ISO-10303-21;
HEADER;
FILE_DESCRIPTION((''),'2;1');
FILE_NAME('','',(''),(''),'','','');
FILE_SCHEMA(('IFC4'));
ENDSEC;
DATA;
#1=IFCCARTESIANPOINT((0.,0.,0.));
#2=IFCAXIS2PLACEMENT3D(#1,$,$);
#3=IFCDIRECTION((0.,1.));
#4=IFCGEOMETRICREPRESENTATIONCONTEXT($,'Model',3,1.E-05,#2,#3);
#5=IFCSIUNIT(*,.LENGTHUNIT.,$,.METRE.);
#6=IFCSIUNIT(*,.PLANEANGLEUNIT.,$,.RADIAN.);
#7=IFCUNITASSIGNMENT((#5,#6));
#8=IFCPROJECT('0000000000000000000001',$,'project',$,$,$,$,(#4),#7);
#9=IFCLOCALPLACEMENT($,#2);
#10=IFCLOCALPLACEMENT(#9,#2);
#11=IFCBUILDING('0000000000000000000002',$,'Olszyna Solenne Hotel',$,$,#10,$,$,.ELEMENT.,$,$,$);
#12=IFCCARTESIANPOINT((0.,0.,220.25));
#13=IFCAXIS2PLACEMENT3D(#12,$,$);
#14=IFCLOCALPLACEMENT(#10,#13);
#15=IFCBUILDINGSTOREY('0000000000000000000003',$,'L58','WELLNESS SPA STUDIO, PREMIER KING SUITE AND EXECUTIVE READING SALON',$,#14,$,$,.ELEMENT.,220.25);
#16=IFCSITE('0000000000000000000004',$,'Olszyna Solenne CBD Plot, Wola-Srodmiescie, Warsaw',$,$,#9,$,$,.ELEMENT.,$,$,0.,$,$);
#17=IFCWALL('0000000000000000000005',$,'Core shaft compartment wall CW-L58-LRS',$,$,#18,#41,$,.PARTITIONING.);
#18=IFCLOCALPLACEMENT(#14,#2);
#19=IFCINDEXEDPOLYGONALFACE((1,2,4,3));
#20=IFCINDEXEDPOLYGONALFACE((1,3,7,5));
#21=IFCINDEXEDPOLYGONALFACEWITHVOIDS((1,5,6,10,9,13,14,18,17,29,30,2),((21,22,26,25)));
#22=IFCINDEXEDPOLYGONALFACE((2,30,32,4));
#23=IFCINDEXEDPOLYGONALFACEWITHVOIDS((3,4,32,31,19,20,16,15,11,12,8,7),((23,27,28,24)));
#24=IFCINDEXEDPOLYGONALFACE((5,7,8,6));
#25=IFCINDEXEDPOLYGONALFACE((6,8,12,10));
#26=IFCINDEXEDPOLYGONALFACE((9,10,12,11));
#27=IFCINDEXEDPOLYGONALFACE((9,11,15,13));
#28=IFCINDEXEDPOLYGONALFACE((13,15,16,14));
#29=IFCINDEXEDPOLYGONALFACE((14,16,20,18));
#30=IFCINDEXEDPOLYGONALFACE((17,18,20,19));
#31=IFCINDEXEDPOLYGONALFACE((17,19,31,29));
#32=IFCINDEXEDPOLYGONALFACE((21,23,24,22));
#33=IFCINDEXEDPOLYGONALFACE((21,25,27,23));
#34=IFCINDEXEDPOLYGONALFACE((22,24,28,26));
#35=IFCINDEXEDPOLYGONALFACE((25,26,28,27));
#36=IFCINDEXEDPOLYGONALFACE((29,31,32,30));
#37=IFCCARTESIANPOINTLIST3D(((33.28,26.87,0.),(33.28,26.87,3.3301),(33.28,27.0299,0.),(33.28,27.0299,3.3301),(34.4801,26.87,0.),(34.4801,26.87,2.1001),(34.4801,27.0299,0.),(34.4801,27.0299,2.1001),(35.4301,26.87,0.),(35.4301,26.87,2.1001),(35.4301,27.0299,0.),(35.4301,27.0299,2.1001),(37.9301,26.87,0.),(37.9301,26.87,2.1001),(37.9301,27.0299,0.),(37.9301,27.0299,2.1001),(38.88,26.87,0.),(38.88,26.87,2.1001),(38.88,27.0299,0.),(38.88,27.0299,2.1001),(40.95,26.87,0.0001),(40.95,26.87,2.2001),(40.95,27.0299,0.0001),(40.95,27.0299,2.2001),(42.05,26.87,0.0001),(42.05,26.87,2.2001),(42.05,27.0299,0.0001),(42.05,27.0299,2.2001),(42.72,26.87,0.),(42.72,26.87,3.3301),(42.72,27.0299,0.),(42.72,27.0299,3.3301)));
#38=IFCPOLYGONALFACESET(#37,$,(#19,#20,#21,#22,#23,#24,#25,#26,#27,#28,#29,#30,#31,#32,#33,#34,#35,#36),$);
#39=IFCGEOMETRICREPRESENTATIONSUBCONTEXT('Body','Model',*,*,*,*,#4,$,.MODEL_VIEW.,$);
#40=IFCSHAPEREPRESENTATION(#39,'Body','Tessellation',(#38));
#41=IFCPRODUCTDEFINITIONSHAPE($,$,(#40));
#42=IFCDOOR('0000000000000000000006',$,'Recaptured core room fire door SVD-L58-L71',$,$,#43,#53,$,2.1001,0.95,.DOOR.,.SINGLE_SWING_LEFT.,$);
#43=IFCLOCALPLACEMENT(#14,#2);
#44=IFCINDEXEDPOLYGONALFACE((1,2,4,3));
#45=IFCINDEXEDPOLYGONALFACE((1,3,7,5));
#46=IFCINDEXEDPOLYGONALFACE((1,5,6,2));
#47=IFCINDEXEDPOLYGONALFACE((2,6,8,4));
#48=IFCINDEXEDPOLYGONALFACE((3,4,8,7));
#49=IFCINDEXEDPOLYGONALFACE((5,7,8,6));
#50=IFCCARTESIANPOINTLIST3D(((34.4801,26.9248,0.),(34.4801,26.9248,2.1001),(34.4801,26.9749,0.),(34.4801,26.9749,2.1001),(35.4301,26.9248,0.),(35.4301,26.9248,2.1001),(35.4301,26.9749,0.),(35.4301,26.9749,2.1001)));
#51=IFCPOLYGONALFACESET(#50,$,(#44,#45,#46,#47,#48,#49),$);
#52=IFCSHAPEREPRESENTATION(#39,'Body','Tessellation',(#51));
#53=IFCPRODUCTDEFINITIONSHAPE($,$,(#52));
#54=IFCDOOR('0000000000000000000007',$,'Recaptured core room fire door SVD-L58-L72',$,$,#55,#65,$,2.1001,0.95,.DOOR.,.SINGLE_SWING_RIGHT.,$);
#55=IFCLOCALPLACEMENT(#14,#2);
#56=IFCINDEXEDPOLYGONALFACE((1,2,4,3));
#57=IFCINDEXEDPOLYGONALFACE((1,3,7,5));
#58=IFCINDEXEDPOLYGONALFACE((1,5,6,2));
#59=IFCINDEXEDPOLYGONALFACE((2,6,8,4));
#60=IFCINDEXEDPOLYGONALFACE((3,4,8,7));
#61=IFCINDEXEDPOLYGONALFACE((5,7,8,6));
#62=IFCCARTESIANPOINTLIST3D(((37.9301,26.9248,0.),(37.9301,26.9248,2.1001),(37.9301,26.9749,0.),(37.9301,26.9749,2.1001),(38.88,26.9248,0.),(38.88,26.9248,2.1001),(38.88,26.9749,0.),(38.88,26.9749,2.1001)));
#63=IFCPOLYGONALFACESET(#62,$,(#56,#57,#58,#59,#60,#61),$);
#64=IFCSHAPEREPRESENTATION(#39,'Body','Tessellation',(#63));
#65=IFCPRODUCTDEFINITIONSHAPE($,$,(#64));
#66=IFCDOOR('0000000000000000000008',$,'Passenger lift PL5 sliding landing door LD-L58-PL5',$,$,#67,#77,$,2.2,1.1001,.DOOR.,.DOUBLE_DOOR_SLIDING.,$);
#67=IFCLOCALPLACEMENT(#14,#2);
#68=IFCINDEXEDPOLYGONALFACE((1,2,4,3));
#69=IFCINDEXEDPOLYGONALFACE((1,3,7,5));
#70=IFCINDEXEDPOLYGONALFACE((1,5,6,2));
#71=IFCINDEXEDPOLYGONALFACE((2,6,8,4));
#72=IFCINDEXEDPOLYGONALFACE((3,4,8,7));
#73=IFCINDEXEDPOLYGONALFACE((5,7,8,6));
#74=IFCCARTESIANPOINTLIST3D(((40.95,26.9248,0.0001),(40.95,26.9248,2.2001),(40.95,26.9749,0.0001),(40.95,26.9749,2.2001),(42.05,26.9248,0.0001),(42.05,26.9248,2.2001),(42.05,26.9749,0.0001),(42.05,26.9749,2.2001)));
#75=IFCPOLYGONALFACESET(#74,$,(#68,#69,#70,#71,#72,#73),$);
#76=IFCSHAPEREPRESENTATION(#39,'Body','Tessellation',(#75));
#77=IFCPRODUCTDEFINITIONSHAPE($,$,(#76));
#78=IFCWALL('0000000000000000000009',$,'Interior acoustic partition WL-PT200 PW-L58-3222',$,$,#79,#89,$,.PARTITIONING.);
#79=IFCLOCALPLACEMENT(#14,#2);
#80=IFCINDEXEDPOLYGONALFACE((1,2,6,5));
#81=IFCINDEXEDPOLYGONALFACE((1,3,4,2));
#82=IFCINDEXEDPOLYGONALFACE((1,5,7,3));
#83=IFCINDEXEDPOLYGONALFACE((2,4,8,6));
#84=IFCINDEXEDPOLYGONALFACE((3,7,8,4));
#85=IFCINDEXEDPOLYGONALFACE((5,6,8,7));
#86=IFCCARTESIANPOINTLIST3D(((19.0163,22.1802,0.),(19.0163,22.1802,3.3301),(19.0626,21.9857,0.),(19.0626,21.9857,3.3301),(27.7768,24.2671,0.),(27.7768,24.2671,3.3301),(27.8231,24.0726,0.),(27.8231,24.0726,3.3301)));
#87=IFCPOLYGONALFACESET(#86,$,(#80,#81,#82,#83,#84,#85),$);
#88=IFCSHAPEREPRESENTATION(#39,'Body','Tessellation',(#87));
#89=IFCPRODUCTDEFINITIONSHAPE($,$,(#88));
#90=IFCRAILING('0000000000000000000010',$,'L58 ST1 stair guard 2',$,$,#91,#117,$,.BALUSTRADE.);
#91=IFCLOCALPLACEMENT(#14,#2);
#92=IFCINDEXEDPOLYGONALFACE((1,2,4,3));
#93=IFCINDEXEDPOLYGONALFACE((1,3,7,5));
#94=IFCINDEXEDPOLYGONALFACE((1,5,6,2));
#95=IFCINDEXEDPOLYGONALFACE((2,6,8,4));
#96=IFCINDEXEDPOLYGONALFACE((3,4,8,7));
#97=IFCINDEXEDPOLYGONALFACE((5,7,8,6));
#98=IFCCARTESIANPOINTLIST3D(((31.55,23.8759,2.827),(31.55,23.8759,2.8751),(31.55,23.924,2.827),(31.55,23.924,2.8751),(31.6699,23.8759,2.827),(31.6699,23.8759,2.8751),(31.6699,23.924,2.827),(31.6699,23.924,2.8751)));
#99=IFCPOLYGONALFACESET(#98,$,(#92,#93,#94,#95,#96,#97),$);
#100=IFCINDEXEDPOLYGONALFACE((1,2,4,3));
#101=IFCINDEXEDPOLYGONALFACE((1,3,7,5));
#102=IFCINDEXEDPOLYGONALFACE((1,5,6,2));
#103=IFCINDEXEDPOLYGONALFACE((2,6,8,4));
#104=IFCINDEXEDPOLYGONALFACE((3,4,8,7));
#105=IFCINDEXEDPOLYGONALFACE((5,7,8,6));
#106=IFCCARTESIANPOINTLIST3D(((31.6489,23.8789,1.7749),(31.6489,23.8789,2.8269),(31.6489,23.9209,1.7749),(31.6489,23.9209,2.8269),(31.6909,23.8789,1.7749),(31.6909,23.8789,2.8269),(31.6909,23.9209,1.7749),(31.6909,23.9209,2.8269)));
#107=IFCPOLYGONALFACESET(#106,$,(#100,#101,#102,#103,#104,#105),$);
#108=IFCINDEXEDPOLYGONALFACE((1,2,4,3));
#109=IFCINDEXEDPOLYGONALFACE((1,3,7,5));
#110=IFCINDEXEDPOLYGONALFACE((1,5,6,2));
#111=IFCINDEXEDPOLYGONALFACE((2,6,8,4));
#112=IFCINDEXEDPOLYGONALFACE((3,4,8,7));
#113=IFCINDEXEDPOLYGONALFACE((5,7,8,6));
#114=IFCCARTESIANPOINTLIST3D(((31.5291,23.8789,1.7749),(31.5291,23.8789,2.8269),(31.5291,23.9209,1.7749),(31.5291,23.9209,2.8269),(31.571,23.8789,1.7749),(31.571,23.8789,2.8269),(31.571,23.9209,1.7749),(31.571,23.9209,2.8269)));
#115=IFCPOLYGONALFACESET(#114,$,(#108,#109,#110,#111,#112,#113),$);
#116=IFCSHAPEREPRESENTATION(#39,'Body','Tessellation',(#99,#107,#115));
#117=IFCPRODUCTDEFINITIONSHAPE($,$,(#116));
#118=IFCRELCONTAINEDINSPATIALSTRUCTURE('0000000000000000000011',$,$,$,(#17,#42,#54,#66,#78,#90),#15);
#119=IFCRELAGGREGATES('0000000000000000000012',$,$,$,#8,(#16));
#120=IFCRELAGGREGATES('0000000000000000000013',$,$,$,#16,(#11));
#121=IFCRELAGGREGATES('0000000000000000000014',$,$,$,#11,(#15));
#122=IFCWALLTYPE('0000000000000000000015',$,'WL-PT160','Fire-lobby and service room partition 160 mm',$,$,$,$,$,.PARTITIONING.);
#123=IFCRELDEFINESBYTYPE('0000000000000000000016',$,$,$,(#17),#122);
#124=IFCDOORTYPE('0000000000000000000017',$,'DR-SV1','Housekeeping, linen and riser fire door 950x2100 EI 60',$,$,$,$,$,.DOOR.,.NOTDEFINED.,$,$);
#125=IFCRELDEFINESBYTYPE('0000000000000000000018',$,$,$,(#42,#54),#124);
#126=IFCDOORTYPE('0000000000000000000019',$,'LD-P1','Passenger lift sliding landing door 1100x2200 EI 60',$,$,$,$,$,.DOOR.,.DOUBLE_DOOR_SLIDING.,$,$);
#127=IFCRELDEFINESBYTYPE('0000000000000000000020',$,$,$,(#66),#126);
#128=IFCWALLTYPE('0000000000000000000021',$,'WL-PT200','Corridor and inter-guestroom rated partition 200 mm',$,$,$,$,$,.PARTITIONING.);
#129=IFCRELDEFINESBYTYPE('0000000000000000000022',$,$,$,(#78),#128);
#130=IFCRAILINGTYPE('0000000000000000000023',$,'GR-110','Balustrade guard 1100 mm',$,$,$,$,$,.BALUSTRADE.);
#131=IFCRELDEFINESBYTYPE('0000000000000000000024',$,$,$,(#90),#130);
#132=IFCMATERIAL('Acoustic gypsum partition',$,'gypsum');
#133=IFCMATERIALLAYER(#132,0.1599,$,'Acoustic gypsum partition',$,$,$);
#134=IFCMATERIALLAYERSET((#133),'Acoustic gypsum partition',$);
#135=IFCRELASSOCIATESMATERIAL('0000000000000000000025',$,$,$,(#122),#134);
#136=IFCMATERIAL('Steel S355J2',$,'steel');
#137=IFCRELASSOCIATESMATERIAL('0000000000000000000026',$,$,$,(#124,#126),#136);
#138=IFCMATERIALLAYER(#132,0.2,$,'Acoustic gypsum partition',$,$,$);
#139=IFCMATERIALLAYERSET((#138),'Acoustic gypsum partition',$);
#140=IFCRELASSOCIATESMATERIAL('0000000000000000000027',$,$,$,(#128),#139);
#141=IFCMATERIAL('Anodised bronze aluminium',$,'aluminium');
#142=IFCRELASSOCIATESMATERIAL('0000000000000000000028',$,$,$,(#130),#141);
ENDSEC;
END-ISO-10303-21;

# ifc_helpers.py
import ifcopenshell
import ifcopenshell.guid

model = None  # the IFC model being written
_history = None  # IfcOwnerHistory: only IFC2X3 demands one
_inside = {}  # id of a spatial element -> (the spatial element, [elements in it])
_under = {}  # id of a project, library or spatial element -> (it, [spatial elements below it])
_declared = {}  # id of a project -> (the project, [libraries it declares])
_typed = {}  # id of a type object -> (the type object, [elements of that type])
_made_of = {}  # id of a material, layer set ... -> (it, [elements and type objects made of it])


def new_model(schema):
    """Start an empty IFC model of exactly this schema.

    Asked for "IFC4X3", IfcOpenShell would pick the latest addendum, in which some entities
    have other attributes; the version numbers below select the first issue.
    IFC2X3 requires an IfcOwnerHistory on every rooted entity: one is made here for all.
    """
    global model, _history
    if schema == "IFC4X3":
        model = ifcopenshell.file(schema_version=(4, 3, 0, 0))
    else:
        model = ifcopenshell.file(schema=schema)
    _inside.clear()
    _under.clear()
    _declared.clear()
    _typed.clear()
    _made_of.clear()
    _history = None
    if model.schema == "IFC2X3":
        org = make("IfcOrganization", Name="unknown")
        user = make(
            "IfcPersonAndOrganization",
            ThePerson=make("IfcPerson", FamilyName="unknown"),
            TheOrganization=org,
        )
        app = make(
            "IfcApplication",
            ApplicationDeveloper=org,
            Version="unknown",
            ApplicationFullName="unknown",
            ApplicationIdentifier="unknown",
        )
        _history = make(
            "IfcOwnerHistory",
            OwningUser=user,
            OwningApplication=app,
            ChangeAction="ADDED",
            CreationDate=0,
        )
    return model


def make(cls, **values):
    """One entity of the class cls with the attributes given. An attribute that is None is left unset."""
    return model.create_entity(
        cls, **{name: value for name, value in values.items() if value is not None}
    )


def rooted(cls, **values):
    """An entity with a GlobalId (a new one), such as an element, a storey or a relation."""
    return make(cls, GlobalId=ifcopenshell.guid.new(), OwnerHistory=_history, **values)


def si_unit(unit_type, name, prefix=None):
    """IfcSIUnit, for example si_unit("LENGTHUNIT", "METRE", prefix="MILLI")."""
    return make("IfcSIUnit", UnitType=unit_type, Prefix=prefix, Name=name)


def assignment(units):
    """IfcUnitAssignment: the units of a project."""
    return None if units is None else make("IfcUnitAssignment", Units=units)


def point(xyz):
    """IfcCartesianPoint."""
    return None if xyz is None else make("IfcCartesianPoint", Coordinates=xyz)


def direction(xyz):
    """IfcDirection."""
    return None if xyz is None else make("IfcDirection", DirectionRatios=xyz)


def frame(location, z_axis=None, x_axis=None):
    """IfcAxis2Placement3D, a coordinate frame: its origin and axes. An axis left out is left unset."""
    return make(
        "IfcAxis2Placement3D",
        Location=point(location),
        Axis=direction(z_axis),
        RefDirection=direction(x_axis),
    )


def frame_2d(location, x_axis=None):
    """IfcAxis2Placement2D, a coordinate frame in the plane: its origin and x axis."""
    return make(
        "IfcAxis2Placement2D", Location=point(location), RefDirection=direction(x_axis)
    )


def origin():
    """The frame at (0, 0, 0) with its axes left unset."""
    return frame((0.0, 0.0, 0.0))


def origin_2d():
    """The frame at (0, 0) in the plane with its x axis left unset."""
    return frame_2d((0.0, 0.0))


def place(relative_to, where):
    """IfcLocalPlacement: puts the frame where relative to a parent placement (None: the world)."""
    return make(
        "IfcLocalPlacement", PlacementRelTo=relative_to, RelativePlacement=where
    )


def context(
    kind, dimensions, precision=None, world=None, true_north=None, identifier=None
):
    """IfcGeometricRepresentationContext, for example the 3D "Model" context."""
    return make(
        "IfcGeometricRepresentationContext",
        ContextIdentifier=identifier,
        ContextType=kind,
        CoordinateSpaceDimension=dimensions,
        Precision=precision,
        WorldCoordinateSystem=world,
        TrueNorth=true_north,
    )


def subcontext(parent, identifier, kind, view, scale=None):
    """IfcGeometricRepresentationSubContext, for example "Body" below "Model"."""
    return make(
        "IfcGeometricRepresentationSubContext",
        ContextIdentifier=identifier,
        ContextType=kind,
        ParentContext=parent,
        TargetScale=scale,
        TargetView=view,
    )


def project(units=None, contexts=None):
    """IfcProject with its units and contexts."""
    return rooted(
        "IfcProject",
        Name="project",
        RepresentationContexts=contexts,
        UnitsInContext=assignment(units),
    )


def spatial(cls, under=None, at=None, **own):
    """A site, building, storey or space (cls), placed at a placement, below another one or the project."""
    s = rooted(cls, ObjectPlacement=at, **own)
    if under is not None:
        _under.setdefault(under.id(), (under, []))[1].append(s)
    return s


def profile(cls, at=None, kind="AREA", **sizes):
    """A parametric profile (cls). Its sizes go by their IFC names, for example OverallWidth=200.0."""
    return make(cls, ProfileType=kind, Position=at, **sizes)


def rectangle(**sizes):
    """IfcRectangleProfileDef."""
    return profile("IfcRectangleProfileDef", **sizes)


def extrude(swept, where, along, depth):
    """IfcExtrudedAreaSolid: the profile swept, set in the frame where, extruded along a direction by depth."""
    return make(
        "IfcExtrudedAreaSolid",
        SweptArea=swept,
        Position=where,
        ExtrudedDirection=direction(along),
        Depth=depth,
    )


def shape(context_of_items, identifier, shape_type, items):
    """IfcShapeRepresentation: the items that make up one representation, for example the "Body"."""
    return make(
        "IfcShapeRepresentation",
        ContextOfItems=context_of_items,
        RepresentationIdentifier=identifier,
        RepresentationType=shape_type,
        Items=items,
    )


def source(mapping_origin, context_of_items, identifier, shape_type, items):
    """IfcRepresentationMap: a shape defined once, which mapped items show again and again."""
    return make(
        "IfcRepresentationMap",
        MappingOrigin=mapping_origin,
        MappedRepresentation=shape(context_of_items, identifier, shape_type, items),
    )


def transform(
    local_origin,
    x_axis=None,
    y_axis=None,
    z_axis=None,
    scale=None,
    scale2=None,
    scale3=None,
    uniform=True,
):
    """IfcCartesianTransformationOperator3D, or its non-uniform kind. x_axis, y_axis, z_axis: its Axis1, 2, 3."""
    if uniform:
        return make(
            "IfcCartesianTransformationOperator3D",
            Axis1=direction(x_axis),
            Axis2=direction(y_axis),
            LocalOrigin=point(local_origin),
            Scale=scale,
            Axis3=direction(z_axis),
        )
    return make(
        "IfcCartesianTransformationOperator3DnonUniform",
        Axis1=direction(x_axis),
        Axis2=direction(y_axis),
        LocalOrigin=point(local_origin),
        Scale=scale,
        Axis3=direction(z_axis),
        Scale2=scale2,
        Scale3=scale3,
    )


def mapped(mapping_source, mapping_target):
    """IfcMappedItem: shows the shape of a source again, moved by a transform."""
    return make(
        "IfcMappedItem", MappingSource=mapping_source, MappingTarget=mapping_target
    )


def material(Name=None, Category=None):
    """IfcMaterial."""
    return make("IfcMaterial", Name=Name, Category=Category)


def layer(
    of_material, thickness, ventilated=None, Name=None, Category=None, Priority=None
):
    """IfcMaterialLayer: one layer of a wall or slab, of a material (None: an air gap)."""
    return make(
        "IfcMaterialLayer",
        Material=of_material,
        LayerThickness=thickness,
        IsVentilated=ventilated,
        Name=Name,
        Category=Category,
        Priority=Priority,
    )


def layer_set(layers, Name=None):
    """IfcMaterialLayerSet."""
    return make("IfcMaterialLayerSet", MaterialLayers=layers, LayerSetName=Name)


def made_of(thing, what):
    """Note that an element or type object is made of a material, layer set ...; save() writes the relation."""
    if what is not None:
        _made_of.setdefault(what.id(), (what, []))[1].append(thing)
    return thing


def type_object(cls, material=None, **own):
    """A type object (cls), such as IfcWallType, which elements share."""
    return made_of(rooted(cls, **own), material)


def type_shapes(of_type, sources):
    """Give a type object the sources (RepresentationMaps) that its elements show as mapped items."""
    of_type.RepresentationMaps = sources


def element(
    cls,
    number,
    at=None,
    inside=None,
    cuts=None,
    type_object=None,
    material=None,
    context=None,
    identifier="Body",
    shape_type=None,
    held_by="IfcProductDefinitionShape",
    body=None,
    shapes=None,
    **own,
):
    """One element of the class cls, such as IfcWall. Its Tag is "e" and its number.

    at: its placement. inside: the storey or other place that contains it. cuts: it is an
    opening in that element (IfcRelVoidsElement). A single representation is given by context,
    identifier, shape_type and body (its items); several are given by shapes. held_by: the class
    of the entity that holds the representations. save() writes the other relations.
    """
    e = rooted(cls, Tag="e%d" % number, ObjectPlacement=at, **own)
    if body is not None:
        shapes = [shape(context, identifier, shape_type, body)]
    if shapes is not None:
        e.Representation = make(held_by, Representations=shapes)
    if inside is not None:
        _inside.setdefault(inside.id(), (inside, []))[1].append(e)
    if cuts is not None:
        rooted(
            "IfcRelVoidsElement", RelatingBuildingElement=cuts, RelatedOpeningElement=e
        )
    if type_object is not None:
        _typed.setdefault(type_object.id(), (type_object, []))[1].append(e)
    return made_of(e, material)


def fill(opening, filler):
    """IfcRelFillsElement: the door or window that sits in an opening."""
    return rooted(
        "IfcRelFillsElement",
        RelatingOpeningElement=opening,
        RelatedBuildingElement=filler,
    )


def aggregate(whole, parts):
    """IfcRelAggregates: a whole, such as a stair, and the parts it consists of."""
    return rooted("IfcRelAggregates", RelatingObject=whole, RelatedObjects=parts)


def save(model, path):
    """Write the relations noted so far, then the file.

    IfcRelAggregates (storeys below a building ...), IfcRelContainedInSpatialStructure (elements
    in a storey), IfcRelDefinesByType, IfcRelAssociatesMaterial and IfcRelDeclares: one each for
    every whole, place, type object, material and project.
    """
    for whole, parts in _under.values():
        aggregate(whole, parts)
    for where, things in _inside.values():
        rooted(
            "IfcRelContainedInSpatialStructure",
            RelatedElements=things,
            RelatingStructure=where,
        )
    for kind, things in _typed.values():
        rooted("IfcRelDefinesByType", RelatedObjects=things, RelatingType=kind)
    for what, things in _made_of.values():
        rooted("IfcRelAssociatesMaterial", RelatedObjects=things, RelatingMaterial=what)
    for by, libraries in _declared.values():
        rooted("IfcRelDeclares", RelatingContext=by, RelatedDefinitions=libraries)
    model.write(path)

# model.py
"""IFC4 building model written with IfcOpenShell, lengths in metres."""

from ifc_helpers import new_model, si_unit, direction, frame, frame_2d, origin, origin_2d, place, context, subcontext, project, spatial, rectangle, extrude, source, transform, mapped, material, layer, layer_set, type_object, type_shapes, element, fill, save


model = new_model("IFC4")

# Units and contexts
model_context = context("Model", 3, precision=1e-05, world=origin(), true_north=direction((0.0, 1.0)))
body_context = subcontext(model_context, "Body", "Model", "MODEL_VIEW")
ifc_project = project(units=[si_unit("LENGTHUNIT", "METRE"), si_unit("PLANEANGLEUNIT", "RADIAN")], contexts=[model_context])

# Site, building, storey
site_placement = place(None, origin())
site = spatial("IfcSite", under=ifc_project, at=site_placement, Name="Olszyna Solenne CBD Plot, Wola-Srodmiescie, Warsaw", CompositionType="ELEMENT", RefElevation=0.0)
building_placement = place(site_placement, origin())
building = spatial("IfcBuilding", under=site, at=building_placement, Name="Olszyna Solenne Hotel", CompositionType="ELEMENT")
storey_placement = place(building_placement, frame((0.0, 0.0, 220.25)))
storey = spatial("IfcBuildingStorey", under=building, at=storey_placement, Name="L58", Description="WELLNESS SPA STUDIO, PREMIER KING SUITE AND EXECUTIVE READING SALON", CompositionType="ELEMENT", Elevation=220.25)

# Shared definitions
ifc_material_1 = material(Name="Steel S355J2", Category="steel")

# Shared definitions
ifc_material_2 = material(Name="Acoustic gypsum partition", Category="gypsum")
ifc_layer_1 = layer(ifc_material_2, 0.1599, Name="Acoustic gypsum partition")
ifc_layer_set_1 = layer_set([ifc_layer_1], Name="Acoustic gypsum partition")
wall_type_1 = type_object("IfcWallType", Name="WL-PT160", Description="Fire-lobby and service room partition 160 mm", PredefinedType="PARTITIONING", material=ifc_layer_set_1)

# Wall, openings, doors
wall_1_placement = place(storey_placement, frame((33.28, 26.95, 0.0), z_axis=(0.0, 0.0, 1.0), x_axis=(1.0, 0.0, 0.0)))
wall_1 = element("IfcWall", 1, at=wall_1_placement, inside=storey, type_object=wall_type_1, Name="Core shaft compartment wall CW-L58-LRS", PredefinedType="PARTITIONING", context=body_context, shape_type="SweptSolid", body=[
    extrude(rectangle(XDim=9.4399, YDim=0.1599, at=frame_2d((4.72, 0.0))), origin(), (0.0, 0.0, 1.0), 3.3301),
])
opening_1_placement = place(wall_1_placement, frame((1.2, 0.0, 0.0)))
opening_1 = element("IfcOpeningElement", 2, at=opening_1_placement, cuts=wall_1, PredefinedType="OPENING", context=body_context, shape_type="SweptSolid", body=[
    extrude(rectangle(XDim=0.95, YDim=2.1001, at=frame_2d((0.4751, 1.05))), frame((0.0, 0.0898, 0.0), z_axis=(0.0, -1.0, 0.0), x_axis=(1.0, 0.0, 0.0)), (0.0, 0.0, 1.0), 0.1799),
])
opening_2_placement = place(wall_1_placement, frame((4.6499, 0.0, 0.0)))
opening_2 = element("IfcOpeningElement", 3, at=opening_2_placement, cuts=wall_1, PredefinedType="OPENING", context=body_context, shape_type="SweptSolid", body=[
    extrude(rectangle(XDim=0.95, YDim=2.1001, at=frame_2d((0.4751, 1.05))), frame((0.0, 0.0898, 0.0), z_axis=(0.0, -1.0, 0.0), x_axis=(1.0, 0.0, 0.0)), (0.0, 0.0, 1.0), 0.1799),
])
opening_3_placement = place(wall_1_placement, frame((7.6699, 0.0, 0.0)))
opening_3 = element("IfcOpeningElement", 4, at=opening_3_placement, cuts=wall_1, PredefinedType="OPENING", context=body_context, shape_type="SweptSolid", body=[
    extrude(rectangle(XDim=1.1001, YDim=2.2, at=frame_2d((0.55, 1.1001))), frame((0.0, 0.0898, 0.0), z_axis=(0.0, -1.0, 0.0), x_axis=(1.0, 0.0, 0.0)), (0.0, 0.0, 1.0), 0.1799),
])
door_type_1 = type_object("IfcDoorType", Name="DR-SV1", Description="Housekeeping, linen and riser fire door 950x2100 EI 60", OperationType="NOTDEFINED", PredefinedType="DOOR", material=ifc_material_1)
shared_shape_1 = source(origin(), body_context, "Body", "SweptSolid", [
    extrude(rectangle(XDim=0.95, YDim=2.1001, at=frame_2d((0.4751, 1.05))), frame((0.0, 0.0249, 0.0), z_axis=(0.0, -1.0, 0.0), x_axis=(1.0, 0.0, 0.0)), (0.0, 0.0, 1.0), 0.05),
])
type_shapes(door_type_1, [shared_shape_1])
door_1_placement = place(opening_1_placement, origin())
door_1 = element("IfcDoor", 5, at=door_1_placement, inside=storey, type_object=door_type_1, Name="Recaptured core room fire door SVD-L58-L71", OperationType="SINGLE_SWING_LEFT", OverallHeight=2.1001, OverallWidth=0.95, PredefinedType="DOOR", context=body_context, shape_type="MappedRepresentation", body=[
    mapped(shared_shape_1, transform((0.0, 0.0, 0.0), x_axis=(1.0, 0.0, 0.0), y_axis=(0.0, 1.0, 0.0), z_axis=(0.0, 0.0, 1.0), scale=1.0)),
])
fill(opening_1, door_1)
door_2_placement = place(opening_2_placement, origin())
door_2 = element("IfcDoor", 6, at=door_2_placement, inside=storey, type_object=door_type_1, Name="Recaptured core room fire door SVD-L58-L72", OperationType="SINGLE_SWING_RIGHT", OverallHeight=2.1001, OverallWidth=0.95, PredefinedType="DOOR", context=body_context, shape_type="MappedRepresentation", body=[
    mapped(shared_shape_1, transform((0.0, 0.0, 0.0), x_axis=(1.0, 0.0, 0.0), y_axis=(0.0, 1.0, 0.0), z_axis=(0.0, 0.0, 1.0), scale=1.0)),
])
fill(opening_2, door_2)
door_type_2 = type_object("IfcDoorType", Name="LD-P1", Description="Passenger lift sliding landing door 1100x2200 EI 60", OperationType="DOUBLE_DOOR_SLIDING", PredefinedType="DOOR", material=ifc_material_1)
shared_shape_2 = source(origin(), body_context, "Body", "SweptSolid", [
    extrude(rectangle(XDim=1.1001, YDim=2.2, at=frame_2d((0.55, 1.1001))), frame((0.0, 0.0249, 0.0), z_axis=(0.0, -1.0, 0.0), x_axis=(1.0, 0.0, 0.0)), (0.0, 0.0, 1.0), 0.05),
])
type_shapes(door_type_2, [shared_shape_2])
door_3_placement = place(opening_3_placement, origin())
door_3 = element("IfcDoor", 7, at=door_3_placement, inside=storey, type_object=door_type_2, Name="Passenger lift PL5 sliding landing door LD-L58-PL5", OperationType="DOUBLE_DOOR_SLIDING", OverallHeight=2.2, OverallWidth=1.1001, PredefinedType="DOOR", context=body_context, shape_type="MappedRepresentation", body=[
    mapped(shared_shape_2, transform((0.0, 0.0, 0.0), x_axis=(1.0, 0.0, 0.0), y_axis=(0.0, 1.0, 0.0), z_axis=(0.0, 0.0, 1.0), scale=1.0)),
])
fill(opening_3, door_3)

# Wall
ifc_layer_2 = layer(ifc_material_2, 0.2, Name="Acoustic gypsum partition")
ifc_layer_set_2 = layer_set([ifc_layer_2], Name="Acoustic gypsum partition")
wall_type_2 = type_object("IfcWallType", Name="WL-PT200", Description="Corridor and inter-guestroom rated partition 200 mm", PredefinedType="PARTITIONING", material=ifc_layer_set_2)
wall_2_placement = place(storey_placement, frame((27.8, 24.1699, 0.0), z_axis=(0.0, 0.0, 1.0), x_axis=(-0.972779, -0.231734, 0.0)))
element("IfcWall", 8, at=wall_2_placement, inside=storey, type_object=wall_type_2, Name="Interior acoustic partition WL-PT200 PW-L58-3222", PredefinedType="PARTITIONING", context=body_context, shape_type="SweptSolid", body=[
    extrude(rectangle(XDim=9.0056, YDim=0.2, at=frame_2d((4.5029, 0.0))), origin(), (0.0, 0.0, 1.0), 3.3301),
])

# Railing
ifc_material_3 = material(Name="Anodised bronze aluminium", Category="aluminium")
railing_type = type_object("IfcRailingType", Name="GR-110", Description="Balustrade guard 1100 mm", PredefinedType="BALUSTRADE", material=ifc_material_3)
railing_placement = place(storey_placement, frame((31.6699, 23.8999, 1.7749)))
element("IfcRailing", 9, at=railing_placement, inside=storey, type_object=railing_type, Name="L58 ST1 stair guard 2", PredefinedType="BALUSTRADE", context=body_context, shape_type="SweptSolid", body=[
    extrude(rectangle(XDim=0.0481, YDim=0.0481, at=origin_2d()), frame((0.0, 0.0, 1.0762), z_axis=(-1.0, 0.0, 0.0), x_axis=(0.0, -1.0, 0.0)), (0.0, 0.0, 1.0), 0.1199),
    extrude(rectangle(XDim=0.042, YDim=0.042, at=origin_2d()), origin(), (0.0, 0.0, 1.0), 1.052),
    extrude(rectangle(XDim=0.042, YDim=0.042, at=origin_2d()), frame((-0.1199, 0.0, 0.0)), (0.0, 0.0, 1.0), 1.052),
])

save(model, "model.ifc")
